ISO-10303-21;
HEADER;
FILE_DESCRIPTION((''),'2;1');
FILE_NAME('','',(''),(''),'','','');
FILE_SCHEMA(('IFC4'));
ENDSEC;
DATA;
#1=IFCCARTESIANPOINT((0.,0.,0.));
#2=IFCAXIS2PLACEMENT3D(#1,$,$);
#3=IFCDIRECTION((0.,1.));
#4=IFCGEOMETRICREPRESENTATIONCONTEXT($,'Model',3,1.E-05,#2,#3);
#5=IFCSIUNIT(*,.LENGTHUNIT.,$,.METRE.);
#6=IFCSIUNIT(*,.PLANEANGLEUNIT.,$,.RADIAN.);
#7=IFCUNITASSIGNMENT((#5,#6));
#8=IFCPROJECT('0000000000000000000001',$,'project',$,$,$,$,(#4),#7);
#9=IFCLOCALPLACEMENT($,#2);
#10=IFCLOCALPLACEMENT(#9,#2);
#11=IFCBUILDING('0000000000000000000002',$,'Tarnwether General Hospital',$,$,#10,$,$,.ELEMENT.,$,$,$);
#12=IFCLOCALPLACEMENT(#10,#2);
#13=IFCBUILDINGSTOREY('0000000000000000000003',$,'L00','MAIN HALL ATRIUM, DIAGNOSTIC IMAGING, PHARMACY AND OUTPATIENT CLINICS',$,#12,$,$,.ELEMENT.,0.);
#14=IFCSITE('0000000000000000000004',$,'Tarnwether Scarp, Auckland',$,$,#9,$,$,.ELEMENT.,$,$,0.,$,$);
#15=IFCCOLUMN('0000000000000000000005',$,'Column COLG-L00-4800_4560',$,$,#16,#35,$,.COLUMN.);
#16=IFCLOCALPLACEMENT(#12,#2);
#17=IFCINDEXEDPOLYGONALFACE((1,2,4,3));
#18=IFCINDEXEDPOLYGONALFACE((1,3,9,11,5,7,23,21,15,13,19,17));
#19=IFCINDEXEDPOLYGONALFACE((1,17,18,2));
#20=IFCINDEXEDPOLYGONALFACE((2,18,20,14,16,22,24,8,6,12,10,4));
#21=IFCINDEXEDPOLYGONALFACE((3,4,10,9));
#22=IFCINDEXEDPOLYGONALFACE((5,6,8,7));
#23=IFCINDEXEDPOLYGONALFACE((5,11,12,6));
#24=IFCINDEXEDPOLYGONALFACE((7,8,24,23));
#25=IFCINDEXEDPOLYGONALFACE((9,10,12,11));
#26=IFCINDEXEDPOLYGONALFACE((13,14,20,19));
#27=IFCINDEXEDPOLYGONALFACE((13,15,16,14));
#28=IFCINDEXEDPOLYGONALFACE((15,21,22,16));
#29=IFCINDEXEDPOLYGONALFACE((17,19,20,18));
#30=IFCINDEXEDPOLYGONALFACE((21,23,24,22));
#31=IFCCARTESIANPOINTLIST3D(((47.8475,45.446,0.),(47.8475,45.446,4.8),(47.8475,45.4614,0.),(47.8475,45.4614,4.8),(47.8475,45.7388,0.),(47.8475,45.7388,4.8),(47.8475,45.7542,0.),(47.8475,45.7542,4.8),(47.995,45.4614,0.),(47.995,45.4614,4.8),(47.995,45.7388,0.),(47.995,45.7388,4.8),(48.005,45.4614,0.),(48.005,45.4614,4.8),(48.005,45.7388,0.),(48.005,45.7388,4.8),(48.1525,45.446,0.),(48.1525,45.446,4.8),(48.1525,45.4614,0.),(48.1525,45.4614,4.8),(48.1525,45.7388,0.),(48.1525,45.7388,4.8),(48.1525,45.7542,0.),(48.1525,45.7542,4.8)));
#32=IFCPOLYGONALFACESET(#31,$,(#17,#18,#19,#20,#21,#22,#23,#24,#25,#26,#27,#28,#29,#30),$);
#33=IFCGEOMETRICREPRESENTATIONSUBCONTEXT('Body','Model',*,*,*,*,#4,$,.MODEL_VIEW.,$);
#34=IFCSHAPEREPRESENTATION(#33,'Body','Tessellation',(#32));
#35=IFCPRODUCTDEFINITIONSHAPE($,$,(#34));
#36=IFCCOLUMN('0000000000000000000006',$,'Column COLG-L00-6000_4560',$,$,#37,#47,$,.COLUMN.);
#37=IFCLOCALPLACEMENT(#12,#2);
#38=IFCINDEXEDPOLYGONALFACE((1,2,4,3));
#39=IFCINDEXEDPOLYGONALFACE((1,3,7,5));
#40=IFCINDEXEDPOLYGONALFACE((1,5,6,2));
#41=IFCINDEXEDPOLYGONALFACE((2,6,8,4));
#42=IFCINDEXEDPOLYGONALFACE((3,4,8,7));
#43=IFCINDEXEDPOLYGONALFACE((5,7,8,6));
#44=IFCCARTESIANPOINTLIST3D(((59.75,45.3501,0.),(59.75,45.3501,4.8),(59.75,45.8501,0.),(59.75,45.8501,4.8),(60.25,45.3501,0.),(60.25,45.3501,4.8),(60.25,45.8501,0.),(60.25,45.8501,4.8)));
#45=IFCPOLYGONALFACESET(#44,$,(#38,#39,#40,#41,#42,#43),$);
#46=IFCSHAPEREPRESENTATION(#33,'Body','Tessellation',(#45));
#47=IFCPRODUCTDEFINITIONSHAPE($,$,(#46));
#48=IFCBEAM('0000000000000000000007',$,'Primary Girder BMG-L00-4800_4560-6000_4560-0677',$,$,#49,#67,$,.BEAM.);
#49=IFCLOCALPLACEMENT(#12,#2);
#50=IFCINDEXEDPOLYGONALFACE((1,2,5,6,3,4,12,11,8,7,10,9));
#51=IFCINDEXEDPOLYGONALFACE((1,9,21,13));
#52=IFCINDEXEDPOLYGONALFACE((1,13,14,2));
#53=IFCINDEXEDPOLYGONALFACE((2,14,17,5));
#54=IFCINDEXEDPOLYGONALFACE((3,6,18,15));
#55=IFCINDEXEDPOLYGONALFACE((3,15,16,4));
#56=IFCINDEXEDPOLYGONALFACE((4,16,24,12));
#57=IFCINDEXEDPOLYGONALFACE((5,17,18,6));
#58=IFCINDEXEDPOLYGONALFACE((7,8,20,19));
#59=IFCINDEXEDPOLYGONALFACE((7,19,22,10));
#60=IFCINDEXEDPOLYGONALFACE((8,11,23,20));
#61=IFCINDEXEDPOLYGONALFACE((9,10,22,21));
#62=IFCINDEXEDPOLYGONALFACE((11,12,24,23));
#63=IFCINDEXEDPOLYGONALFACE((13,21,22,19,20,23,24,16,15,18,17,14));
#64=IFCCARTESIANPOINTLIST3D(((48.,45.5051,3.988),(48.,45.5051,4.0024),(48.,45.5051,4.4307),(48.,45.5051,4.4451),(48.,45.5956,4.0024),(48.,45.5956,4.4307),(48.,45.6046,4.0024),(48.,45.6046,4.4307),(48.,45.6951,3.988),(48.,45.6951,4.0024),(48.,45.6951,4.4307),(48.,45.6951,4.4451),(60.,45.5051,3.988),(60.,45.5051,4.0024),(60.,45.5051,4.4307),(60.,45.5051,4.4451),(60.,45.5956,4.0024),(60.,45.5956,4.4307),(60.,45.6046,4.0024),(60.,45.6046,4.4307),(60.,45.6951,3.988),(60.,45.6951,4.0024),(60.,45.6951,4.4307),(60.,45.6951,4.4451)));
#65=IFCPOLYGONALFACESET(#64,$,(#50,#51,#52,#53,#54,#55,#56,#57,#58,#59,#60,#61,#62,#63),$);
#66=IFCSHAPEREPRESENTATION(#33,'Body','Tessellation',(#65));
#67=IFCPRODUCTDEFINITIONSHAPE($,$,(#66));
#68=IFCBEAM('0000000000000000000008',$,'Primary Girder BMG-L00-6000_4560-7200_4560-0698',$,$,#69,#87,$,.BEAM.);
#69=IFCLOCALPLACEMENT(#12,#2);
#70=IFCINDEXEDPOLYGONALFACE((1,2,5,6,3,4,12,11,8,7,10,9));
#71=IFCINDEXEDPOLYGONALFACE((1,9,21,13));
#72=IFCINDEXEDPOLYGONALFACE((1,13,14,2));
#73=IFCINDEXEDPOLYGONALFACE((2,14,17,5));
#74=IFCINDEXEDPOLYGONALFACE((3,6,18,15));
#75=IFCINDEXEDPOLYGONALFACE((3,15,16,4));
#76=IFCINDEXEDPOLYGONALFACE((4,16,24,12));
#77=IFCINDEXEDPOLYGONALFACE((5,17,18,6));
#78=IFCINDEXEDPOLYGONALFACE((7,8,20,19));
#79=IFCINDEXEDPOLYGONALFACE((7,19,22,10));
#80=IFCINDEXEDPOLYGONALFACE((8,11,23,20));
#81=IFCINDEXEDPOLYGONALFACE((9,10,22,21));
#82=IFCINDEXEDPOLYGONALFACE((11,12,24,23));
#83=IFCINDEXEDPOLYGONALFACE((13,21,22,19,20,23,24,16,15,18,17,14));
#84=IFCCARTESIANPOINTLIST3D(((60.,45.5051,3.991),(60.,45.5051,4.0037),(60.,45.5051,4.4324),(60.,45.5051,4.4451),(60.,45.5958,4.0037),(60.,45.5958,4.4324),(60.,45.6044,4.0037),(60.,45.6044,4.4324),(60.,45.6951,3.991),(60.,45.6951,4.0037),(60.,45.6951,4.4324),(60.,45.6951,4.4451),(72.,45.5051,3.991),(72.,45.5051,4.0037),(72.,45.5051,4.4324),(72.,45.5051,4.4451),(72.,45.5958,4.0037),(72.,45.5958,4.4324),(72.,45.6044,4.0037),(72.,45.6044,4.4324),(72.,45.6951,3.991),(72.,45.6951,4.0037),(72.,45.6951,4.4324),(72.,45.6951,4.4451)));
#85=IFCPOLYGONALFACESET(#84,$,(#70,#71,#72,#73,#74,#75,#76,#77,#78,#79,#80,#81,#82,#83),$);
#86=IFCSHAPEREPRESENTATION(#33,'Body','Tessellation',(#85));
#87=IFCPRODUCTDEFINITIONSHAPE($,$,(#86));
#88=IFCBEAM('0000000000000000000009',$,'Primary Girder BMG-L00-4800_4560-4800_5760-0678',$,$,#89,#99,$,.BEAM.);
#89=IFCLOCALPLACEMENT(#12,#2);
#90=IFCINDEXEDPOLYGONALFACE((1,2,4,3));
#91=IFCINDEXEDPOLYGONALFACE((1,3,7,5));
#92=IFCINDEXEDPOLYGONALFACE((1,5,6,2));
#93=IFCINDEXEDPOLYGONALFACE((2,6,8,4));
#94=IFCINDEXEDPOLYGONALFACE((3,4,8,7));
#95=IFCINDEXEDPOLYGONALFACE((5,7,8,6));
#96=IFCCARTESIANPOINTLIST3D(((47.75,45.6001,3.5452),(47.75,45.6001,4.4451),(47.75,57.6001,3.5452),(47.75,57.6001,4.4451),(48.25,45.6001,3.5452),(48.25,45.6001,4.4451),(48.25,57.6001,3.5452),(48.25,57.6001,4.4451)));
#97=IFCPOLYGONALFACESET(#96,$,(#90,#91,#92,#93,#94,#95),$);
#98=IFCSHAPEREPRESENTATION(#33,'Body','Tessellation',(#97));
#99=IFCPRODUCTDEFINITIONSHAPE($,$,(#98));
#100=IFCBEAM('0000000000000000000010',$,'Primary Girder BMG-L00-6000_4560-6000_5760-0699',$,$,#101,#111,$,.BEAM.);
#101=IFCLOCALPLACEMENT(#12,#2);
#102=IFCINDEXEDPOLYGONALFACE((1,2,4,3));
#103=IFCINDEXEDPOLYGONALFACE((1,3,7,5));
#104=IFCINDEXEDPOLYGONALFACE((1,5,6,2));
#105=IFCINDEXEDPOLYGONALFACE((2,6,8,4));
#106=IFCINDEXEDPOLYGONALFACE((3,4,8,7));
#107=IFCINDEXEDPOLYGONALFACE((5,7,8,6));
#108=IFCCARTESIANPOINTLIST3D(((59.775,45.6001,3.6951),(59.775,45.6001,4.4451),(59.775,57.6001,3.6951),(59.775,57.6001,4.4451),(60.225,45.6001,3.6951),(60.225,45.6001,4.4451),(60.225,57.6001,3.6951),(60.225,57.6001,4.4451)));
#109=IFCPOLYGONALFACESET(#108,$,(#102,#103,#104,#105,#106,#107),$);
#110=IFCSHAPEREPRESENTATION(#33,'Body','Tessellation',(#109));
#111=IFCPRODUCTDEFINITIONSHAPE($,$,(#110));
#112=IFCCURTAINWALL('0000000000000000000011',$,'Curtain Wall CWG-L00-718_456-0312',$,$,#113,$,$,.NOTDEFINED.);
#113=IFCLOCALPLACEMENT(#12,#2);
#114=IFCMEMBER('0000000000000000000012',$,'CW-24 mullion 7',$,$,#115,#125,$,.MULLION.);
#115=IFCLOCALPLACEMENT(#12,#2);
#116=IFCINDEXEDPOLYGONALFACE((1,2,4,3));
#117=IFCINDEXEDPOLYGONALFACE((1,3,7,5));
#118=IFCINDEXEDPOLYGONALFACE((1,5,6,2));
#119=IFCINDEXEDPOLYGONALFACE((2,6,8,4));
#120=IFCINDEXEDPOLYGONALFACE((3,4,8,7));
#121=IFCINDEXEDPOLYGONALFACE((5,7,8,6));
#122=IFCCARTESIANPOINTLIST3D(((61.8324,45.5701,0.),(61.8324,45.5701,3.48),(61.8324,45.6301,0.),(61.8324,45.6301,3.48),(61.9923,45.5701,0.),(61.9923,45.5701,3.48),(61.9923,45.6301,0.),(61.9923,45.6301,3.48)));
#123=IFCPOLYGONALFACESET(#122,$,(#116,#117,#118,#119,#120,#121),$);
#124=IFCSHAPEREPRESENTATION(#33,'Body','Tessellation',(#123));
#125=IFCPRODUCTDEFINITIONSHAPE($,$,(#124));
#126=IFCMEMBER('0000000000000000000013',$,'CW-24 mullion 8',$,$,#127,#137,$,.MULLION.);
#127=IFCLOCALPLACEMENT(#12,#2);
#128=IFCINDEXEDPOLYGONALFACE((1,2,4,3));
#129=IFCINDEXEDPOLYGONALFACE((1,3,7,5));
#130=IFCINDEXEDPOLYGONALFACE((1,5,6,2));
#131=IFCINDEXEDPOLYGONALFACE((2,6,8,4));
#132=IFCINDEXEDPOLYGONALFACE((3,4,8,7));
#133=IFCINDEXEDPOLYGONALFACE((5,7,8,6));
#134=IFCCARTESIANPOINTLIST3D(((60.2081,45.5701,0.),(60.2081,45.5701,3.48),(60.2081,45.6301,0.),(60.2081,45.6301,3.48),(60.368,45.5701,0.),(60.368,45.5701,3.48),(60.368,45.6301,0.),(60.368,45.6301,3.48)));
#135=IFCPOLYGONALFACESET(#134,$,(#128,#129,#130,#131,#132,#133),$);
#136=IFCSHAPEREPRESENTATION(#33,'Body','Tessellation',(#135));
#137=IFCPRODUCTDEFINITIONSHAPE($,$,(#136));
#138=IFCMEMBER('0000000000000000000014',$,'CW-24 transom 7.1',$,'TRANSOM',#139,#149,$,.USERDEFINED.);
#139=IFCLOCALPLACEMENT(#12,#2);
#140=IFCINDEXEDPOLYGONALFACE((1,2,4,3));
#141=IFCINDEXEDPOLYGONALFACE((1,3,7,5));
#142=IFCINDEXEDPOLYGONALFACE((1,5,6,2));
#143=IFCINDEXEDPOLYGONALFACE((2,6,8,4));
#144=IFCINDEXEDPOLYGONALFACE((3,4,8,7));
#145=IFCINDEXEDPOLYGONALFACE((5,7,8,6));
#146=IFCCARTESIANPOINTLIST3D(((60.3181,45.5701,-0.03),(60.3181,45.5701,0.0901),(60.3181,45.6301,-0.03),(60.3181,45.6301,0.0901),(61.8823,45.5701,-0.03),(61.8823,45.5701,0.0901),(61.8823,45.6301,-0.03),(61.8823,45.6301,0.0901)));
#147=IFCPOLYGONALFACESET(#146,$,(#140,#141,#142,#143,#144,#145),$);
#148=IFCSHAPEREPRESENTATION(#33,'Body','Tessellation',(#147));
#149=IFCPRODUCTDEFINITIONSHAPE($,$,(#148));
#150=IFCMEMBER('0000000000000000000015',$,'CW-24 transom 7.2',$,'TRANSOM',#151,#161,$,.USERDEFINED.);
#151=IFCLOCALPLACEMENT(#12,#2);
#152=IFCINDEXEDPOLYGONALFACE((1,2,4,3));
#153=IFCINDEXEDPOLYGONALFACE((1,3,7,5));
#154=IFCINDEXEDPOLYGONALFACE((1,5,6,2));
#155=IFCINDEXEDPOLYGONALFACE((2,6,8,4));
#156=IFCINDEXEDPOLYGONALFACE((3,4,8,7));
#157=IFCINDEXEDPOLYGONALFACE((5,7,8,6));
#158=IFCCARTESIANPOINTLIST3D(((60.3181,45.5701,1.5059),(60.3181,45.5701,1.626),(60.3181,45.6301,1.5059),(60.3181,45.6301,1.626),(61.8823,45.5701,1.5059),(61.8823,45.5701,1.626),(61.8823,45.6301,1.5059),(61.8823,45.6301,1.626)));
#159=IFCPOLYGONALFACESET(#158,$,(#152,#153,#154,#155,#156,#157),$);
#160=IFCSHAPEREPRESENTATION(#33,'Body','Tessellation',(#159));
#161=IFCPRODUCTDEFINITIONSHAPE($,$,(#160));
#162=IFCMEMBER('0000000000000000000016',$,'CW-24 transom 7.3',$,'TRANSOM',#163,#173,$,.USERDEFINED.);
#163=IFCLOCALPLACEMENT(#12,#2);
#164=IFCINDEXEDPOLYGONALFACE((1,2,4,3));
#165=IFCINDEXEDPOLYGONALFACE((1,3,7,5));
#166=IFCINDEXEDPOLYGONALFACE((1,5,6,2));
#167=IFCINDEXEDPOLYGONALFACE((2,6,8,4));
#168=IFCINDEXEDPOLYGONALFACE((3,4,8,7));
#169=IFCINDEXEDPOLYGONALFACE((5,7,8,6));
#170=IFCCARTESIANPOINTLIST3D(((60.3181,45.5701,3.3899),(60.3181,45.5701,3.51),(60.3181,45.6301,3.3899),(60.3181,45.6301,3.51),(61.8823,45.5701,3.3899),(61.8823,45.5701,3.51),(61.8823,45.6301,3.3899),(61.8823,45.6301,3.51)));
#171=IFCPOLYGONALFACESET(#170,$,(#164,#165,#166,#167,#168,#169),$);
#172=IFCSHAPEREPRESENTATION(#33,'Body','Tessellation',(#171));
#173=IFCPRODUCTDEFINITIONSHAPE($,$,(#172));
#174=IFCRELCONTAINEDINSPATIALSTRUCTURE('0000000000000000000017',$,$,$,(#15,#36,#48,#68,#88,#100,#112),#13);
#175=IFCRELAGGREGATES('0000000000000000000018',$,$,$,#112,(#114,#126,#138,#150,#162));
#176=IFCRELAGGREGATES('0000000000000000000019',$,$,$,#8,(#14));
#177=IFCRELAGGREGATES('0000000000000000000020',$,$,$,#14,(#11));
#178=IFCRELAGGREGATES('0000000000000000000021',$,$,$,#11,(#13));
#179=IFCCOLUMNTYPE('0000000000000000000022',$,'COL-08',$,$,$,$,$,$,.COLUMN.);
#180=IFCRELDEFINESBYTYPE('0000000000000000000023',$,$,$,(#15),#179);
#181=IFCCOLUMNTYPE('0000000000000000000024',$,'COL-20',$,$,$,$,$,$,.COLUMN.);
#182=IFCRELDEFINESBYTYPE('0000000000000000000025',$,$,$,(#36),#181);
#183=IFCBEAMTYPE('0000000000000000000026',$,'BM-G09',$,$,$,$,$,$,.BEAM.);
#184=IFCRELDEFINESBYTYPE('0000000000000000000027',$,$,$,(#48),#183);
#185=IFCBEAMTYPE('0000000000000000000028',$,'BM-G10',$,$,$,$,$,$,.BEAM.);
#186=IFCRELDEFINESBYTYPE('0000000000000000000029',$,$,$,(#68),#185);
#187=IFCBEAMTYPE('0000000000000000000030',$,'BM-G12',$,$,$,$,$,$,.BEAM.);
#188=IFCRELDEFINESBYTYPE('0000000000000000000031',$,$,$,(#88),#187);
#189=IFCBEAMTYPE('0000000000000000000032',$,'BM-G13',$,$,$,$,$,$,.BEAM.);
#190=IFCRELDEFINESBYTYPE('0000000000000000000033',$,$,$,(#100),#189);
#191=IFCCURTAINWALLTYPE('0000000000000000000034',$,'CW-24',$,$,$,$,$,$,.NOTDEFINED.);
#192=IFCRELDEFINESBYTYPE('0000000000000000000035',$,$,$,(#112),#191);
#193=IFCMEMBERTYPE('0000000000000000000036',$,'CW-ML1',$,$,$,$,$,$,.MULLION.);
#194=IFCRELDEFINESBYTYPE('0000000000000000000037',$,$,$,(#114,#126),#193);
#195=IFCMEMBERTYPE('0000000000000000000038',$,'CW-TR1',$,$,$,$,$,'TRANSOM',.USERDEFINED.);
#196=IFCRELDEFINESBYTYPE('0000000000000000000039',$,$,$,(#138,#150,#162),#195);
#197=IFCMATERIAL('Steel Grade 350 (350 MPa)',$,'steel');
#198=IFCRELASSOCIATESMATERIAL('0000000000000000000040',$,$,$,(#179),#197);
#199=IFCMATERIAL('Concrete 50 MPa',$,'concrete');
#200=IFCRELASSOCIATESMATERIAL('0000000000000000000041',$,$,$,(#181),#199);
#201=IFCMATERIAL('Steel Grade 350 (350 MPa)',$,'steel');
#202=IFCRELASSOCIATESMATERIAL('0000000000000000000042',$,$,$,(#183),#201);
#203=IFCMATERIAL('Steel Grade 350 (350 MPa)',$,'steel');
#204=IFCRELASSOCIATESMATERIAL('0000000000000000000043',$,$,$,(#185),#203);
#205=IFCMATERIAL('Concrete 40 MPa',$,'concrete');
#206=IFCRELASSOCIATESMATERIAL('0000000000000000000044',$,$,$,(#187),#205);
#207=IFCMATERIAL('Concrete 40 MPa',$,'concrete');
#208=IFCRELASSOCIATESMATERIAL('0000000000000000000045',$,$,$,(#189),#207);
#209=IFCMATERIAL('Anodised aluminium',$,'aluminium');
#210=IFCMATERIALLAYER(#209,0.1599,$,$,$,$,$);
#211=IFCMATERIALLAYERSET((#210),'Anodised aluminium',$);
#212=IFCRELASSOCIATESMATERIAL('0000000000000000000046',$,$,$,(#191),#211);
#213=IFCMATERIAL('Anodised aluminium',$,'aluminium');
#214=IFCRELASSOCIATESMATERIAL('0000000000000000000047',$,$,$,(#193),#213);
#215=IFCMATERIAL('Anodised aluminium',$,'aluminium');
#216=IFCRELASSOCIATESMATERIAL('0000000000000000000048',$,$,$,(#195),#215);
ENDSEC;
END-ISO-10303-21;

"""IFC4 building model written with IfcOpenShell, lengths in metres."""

from ifc_helpers import new_model, si_unit, direction, frame, origin, origin_2d, place, context, subcontext, project, spatial, rectangle, i_section, extrude, material, layer, layer_set, material_profile, profile_set, type_object, element, aggregate, save


model = new_model("IFC4")

# Units and contexts
model_context = context("Model", 3, precision=1e-05, world=origin(), true_north=direction((0.0, 1.0)))
body_context = subcontext(model_context, "Body", "Model", "MODEL_VIEW")
ifc_project = project(units=[si_unit("LENGTHUNIT", "METRE"), si_unit("PLANEANGLEUNIT", "RADIAN")], contexts=[model_context])

# Site, building, storey
site_placement = place(None, origin())
site = spatial("IfcSite", under=ifc_project, at=site_placement, Name="Tarnwether Scarp, Auckland", CompositionType="ELEMENT", RefElevation=0.0)
building_placement = place(site_placement, origin())
building = spatial("IfcBuilding", under=site, at=building_placement, Name="Tarnwether General Hospital", CompositionType="ELEMENT")
storey_placement = place(building_placement, origin())
storey = spatial("IfcBuildingStorey", under=building, at=storey_placement, Name="L00", Description="MAIN HALL ATRIUM, DIAGNOSTIC IMAGING, PHARMACY AND OUTPATIENT CLINICS", CompositionType="ELEMENT", Elevation=0.0)

# Columns
ifc_material_1 = material(Name="Steel Grade 350 (350 MPa)", Category="steel")
ifc_material_profile_1 = material_profile(ifc_material_1, i_section(OverallWidth=0.3049, OverallDepth=0.3081, WebThickness=0.01, FlangeThickness=0.0154, at=origin_2d()), Name="310UC96.8")
ifc_profile_set_1 = profile_set([ifc_material_profile_1], Name="Steel Grade 350 (350 MPa)")
column_type_1 = type_object("IfcColumnType", Name="COL-08", PredefinedType="COLUMN", material=ifc_profile_set_1)
column_1_placement = place(storey_placement, frame((48.0, 45.6001, 0.0), z_axis=(0.0, 0.0, 1.0), x_axis=(1.0, 0.0, 0.0)))
element("IfcColumn", 1, at=column_1_placement, inside=storey, type_object=column_type_1, Name="Column COLG-L00-4800_4560", PredefinedType="COLUMN", context=body_context, shape_type="SweptSolid", body=[
    extrude(i_section(OverallWidth=0.3049, OverallDepth=0.3081, WebThickness=0.01, FlangeThickness=0.0154, at=origin_2d()), origin(), (0.0, 0.0, 1.0), 4.8),
])
ifc_material_2 = material(Name="Concrete 50 MPa", Category="concrete")
ifc_material_profile_2 = material_profile(ifc_material_2, rectangle(XDim=0.5, YDim=0.5, at=origin_2d()), Name="RC-COL-500x500")
ifc_profile_set_2 = profile_set([ifc_material_profile_2], Name="Concrete 50 MPa")
column_type_2 = type_object("IfcColumnType", Name="COL-20", PredefinedType="COLUMN", material=ifc_profile_set_2)
column_2_placement = place(storey_placement, frame((60.0, 45.6001, 0.0), z_axis=(0.0, 0.0, 1.0), x_axis=(0.0, 1.0, 0.0)))
element("IfcColumn", 2, at=column_2_placement, inside=storey, type_object=column_type_2, Name="Column COLG-L00-6000_4560", PredefinedType="COLUMN", context=body_context, shape_type="SweptSolid", body=[
    extrude(rectangle(XDim=0.5, YDim=0.5, at=origin_2d()), origin(), (0.0, 0.0, 1.0), 4.8),
])

# Beams
ifc_material_3 = material(Name="Steel Grade 350 (350 MPa)", Category="steel")
ifc_material_profile_3 = material_profile(ifc_material_3, i_section(OverallWidth=0.1899, OverallDepth=0.457, WebThickness=0.009, FlangeThickness=0.0144, at=origin_2d()), Name="460UB74.6")
ifc_profile_set_3 = profile_set([ifc_material_profile_3], Name="Steel Grade 350 (350 MPa)")
beam_type_1 = type_object("IfcBeamType", Name="BM-G09", PredefinedType="BEAM", material=ifc_profile_set_3)
beam_1_placement = place(storey_placement, frame((48.0, 45.6001, 4.2166), z_axis=(1.0, 0.0, 0.0), x_axis=(0.0, 1.0, 0.0)))
element("IfcBeam", 3, at=beam_1_placement, inside=storey, type_object=beam_type_1, Name="Primary Girder BMG-L00-4800_4560-6000_4560-0677", PredefinedType="BEAM", context=body_context, shape_type="SweptSolid", body=[
    extrude(i_section(OverallWidth=0.1899, OverallDepth=0.457, WebThickness=0.009, FlangeThickness=0.0144, at=origin_2d()), origin(), (0.0, 0.0, 1.0), 12.0),
])
ifc_material_4 = material(Name="Steel Grade 350 (350 MPa)", Category="steel")
ifc_material_profile_4 = material_profile(ifc_material_4, i_section(OverallWidth=0.1899, OverallDepth=0.4541, WebThickness=0.0085, FlangeThickness=0.0127, at=origin_2d()), Name="460UB67.1")
ifc_profile_set_4 = profile_set([ifc_material_profile_4], Name="Steel Grade 350 (350 MPa)")
beam_type_2 = type_object("IfcBeamType", Name="BM-G10", PredefinedType="BEAM", material=ifc_profile_set_4)
beam_2_placement = place(storey_placement, frame((60.0, 45.6001, 4.218), z_axis=(1.0, 0.0, 0.0), x_axis=(0.0, 1.0, 0.0)))
element("IfcBeam", 4, at=beam_2_placement, inside=storey, type_object=beam_type_2, Name="Primary Girder BMG-L00-6000_4560-7200_4560-0698", PredefinedType="BEAM", context=body_context, shape_type="SweptSolid", body=[
    extrude(i_section(OverallWidth=0.1899, OverallDepth=0.4541, WebThickness=0.0085, FlangeThickness=0.0127, at=origin_2d()), origin(), (0.0, 0.0, 1.0), 12.0),
])
ifc_material_5 = material(Name="Concrete 40 MPa", Category="concrete")
ifc_material_profile_5 = material_profile(ifc_material_5, rectangle(XDim=0.5, YDim=0.8999, at=origin_2d()), Name="RC-BM-500x900")
ifc_profile_set_5 = profile_set([ifc_material_profile_5], Name="Concrete 40 MPa")
beam_type_3 = type_object("IfcBeamType", Name="BM-G12", PredefinedType="BEAM", material=ifc_profile_set_5)
beam_3_placement = place(storey_placement, frame((48.0, 45.6001, 3.9951), z_axis=(0.0, 1.0, 0.0), x_axis=(-1.0, 0.0, 0.0)))
element("IfcBeam", 5, at=beam_3_placement, inside=storey, type_object=beam_type_3, Name="Primary Girder BMG-L00-4800_4560-4800_5760-0678", PredefinedType="BEAM", context=body_context, shape_type="SweptSolid", body=[
    extrude(rectangle(XDim=0.5, YDim=0.8999, at=origin_2d()), origin(), (0.0, 0.0, 1.0), 12.0),
])
ifc_material_6 = material(Name="Concrete 40 MPa", Category="concrete")
ifc_material_profile_6 = material_profile(ifc_material_6, rectangle(XDim=0.45, YDim=0.75, at=origin_2d()), Name="RC-BM-450x750")
ifc_profile_set_6 = profile_set([ifc_material_profile_6], Name="Concrete 40 MPa")
beam_type_4 = type_object("IfcBeamType", Name="BM-G13", PredefinedType="BEAM", material=ifc_profile_set_6)
beam_4_placement = place(storey_placement, frame((60.0, 45.6001, 4.0701), z_axis=(0.0, 1.0, 0.0), x_axis=(-1.0, 0.0, 0.0)))
element("IfcBeam", 6, at=beam_4_placement, inside=storey, type_object=beam_type_4, Name="Primary Girder BMG-L00-6000_4560-6000_5760-0699", PredefinedType="BEAM", context=body_context, shape_type="SweptSolid", body=[
    extrude(rectangle(XDim=0.45, YDim=0.75, at=origin_2d()), origin(), (0.0, 0.0, 1.0), 12.0),
])

# Curtain wall, members
ifc_material_7 = material(Name="Anodised aluminium", Category="aluminium")
ifc_layer_1 = layer(ifc_material_7, 0.1599)
ifc_layer_set_1 = layer_set([ifc_layer_1], Name="Anodised aluminium")
curtain_wall_type = type_object("IfcCurtainWallType", Name="CW-24", PredefinedType="NOTDEFINED", material=ifc_layer_set_1)
curtain_wall_placement = place(storey_placement, origin())
curtain_wall = element("IfcCurtainWall", 7, at=curtain_wall_placement, inside=storey, type_object=curtain_wall_type, Name="Curtain Wall CWG-L00-718_456-0312", PredefinedType="NOTDEFINED")
ifc_material_8 = material(Name="Anodised aluminium", Category="aluminium")
ifc_material_profile_7 = material_profile(ifc_material_8, rectangle(XDim=0.0601, YDim=0.1599, at=origin_2d()), Name="ALU-MUL-60x160")
ifc_profile_set_7 = profile_set([ifc_material_profile_7], Name="Anodised aluminium")
member_type_1 = type_object("IfcMemberType", Name="CW-ML1", PredefinedType="MULLION", material=ifc_profile_set_7)
member_1_placement = place(storey_placement, frame((61.9124, 45.6001, 0.0), z_axis=(0.0, 0.0, 1.0), x_axis=(0.0, -1.0, 0.0)))
member_1 = element("IfcMember", 8, at=member_1_placement, type_object=member_type_1, Name="CW-24 mullion 7", PredefinedType="MULLION", context=body_context, shape_type="SweptSolid", body=[
    extrude(rectangle(XDim=0.0601, YDim=0.1599, at=origin_2d()), origin(), (0.0, 0.0, 1.0), 3.48),
])
member_2_placement = place(storey_placement, frame((60.2881, 45.6001, 0.0), z_axis=(0.0, 0.0, 1.0), x_axis=(0.0, -1.0, 0.0)))
member_2 = element("IfcMember", 9, at=member_2_placement, type_object=member_type_1, Name="CW-24 mullion 8", PredefinedType="MULLION", context=body_context, shape_type="SweptSolid", body=[
    extrude(rectangle(XDim=0.0601, YDim=0.1599, at=origin_2d()), origin(), (0.0, 0.0, 1.0), 3.48),
])
ifc_material_9 = material(Name="Anodised aluminium", Category="aluminium")
ifc_material_profile_8 = material_profile(ifc_material_9, rectangle(XDim=0.0601, YDim=0.1201, at=origin_2d()), Name="ALU-TRN-60x120")
ifc_profile_set_8 = profile_set([ifc_material_profile_8], Name="Anodised aluminium")
member_type_2 = type_object("IfcMemberType", Name="CW-TR1", ElementType="TRANSOM", PredefinedType="USERDEFINED", material=ifc_profile_set_8)
member_3_placement = place(storey_placement, frame((61.8823, 45.6001, 0.03), z_axis=(-1.0, 0.0, 0.0), x_axis=(0.0, -1.0, 0.0)))
member_3 = element("IfcMember", 10, at=member_3_placement, type_object=member_type_2, Name="CW-24 transom 7.1", ObjectType="TRANSOM", PredefinedType="USERDEFINED", context=body_context, shape_type="SweptSolid", body=[
    extrude(rectangle(XDim=0.0601, YDim=0.1201, at=origin_2d()), origin(), (0.0, 0.0, 1.0), 1.5642),
])
member_4_placement = place(storey_placement, frame((61.8823, 45.6001, 1.5659), z_axis=(-1.0, 0.0, 0.0), x_axis=(0.0, -1.0, 0.0)))
member_4 = element("IfcMember", 11, at=member_4_placement, type_object=member_type_2, Name="CW-24 transom 7.2", ObjectType="TRANSOM", PredefinedType="USERDEFINED", context=body_context, shape_type="SweptSolid", body=[
    extrude(rectangle(XDim=0.0601, YDim=0.1201, at=origin_2d()), origin(), (0.0, 0.0, 1.0), 1.5642),
])
member_5_placement = place(storey_placement, frame((61.8823, 45.6001, 3.45), z_axis=(-1.0, 0.0, 0.0), x_axis=(0.0, -1.0, 0.0)))
member_5 = element("IfcMember", 12, at=member_5_placement, type_object=member_type_2, Name="CW-24 transom 7.3", ObjectType="TRANSOM", PredefinedType="USERDEFINED", context=body_context, shape_type="SweptSolid", body=[
    extrude(rectangle(XDim=0.0601, YDim=0.1201, at=origin_2d()), origin(), (0.0, 0.0, 1.0), 1.5642),
])

aggregate(curtain_wall, [member_1, member_2, member_3, member_4, member_5])

save(model, "model.ifc")
